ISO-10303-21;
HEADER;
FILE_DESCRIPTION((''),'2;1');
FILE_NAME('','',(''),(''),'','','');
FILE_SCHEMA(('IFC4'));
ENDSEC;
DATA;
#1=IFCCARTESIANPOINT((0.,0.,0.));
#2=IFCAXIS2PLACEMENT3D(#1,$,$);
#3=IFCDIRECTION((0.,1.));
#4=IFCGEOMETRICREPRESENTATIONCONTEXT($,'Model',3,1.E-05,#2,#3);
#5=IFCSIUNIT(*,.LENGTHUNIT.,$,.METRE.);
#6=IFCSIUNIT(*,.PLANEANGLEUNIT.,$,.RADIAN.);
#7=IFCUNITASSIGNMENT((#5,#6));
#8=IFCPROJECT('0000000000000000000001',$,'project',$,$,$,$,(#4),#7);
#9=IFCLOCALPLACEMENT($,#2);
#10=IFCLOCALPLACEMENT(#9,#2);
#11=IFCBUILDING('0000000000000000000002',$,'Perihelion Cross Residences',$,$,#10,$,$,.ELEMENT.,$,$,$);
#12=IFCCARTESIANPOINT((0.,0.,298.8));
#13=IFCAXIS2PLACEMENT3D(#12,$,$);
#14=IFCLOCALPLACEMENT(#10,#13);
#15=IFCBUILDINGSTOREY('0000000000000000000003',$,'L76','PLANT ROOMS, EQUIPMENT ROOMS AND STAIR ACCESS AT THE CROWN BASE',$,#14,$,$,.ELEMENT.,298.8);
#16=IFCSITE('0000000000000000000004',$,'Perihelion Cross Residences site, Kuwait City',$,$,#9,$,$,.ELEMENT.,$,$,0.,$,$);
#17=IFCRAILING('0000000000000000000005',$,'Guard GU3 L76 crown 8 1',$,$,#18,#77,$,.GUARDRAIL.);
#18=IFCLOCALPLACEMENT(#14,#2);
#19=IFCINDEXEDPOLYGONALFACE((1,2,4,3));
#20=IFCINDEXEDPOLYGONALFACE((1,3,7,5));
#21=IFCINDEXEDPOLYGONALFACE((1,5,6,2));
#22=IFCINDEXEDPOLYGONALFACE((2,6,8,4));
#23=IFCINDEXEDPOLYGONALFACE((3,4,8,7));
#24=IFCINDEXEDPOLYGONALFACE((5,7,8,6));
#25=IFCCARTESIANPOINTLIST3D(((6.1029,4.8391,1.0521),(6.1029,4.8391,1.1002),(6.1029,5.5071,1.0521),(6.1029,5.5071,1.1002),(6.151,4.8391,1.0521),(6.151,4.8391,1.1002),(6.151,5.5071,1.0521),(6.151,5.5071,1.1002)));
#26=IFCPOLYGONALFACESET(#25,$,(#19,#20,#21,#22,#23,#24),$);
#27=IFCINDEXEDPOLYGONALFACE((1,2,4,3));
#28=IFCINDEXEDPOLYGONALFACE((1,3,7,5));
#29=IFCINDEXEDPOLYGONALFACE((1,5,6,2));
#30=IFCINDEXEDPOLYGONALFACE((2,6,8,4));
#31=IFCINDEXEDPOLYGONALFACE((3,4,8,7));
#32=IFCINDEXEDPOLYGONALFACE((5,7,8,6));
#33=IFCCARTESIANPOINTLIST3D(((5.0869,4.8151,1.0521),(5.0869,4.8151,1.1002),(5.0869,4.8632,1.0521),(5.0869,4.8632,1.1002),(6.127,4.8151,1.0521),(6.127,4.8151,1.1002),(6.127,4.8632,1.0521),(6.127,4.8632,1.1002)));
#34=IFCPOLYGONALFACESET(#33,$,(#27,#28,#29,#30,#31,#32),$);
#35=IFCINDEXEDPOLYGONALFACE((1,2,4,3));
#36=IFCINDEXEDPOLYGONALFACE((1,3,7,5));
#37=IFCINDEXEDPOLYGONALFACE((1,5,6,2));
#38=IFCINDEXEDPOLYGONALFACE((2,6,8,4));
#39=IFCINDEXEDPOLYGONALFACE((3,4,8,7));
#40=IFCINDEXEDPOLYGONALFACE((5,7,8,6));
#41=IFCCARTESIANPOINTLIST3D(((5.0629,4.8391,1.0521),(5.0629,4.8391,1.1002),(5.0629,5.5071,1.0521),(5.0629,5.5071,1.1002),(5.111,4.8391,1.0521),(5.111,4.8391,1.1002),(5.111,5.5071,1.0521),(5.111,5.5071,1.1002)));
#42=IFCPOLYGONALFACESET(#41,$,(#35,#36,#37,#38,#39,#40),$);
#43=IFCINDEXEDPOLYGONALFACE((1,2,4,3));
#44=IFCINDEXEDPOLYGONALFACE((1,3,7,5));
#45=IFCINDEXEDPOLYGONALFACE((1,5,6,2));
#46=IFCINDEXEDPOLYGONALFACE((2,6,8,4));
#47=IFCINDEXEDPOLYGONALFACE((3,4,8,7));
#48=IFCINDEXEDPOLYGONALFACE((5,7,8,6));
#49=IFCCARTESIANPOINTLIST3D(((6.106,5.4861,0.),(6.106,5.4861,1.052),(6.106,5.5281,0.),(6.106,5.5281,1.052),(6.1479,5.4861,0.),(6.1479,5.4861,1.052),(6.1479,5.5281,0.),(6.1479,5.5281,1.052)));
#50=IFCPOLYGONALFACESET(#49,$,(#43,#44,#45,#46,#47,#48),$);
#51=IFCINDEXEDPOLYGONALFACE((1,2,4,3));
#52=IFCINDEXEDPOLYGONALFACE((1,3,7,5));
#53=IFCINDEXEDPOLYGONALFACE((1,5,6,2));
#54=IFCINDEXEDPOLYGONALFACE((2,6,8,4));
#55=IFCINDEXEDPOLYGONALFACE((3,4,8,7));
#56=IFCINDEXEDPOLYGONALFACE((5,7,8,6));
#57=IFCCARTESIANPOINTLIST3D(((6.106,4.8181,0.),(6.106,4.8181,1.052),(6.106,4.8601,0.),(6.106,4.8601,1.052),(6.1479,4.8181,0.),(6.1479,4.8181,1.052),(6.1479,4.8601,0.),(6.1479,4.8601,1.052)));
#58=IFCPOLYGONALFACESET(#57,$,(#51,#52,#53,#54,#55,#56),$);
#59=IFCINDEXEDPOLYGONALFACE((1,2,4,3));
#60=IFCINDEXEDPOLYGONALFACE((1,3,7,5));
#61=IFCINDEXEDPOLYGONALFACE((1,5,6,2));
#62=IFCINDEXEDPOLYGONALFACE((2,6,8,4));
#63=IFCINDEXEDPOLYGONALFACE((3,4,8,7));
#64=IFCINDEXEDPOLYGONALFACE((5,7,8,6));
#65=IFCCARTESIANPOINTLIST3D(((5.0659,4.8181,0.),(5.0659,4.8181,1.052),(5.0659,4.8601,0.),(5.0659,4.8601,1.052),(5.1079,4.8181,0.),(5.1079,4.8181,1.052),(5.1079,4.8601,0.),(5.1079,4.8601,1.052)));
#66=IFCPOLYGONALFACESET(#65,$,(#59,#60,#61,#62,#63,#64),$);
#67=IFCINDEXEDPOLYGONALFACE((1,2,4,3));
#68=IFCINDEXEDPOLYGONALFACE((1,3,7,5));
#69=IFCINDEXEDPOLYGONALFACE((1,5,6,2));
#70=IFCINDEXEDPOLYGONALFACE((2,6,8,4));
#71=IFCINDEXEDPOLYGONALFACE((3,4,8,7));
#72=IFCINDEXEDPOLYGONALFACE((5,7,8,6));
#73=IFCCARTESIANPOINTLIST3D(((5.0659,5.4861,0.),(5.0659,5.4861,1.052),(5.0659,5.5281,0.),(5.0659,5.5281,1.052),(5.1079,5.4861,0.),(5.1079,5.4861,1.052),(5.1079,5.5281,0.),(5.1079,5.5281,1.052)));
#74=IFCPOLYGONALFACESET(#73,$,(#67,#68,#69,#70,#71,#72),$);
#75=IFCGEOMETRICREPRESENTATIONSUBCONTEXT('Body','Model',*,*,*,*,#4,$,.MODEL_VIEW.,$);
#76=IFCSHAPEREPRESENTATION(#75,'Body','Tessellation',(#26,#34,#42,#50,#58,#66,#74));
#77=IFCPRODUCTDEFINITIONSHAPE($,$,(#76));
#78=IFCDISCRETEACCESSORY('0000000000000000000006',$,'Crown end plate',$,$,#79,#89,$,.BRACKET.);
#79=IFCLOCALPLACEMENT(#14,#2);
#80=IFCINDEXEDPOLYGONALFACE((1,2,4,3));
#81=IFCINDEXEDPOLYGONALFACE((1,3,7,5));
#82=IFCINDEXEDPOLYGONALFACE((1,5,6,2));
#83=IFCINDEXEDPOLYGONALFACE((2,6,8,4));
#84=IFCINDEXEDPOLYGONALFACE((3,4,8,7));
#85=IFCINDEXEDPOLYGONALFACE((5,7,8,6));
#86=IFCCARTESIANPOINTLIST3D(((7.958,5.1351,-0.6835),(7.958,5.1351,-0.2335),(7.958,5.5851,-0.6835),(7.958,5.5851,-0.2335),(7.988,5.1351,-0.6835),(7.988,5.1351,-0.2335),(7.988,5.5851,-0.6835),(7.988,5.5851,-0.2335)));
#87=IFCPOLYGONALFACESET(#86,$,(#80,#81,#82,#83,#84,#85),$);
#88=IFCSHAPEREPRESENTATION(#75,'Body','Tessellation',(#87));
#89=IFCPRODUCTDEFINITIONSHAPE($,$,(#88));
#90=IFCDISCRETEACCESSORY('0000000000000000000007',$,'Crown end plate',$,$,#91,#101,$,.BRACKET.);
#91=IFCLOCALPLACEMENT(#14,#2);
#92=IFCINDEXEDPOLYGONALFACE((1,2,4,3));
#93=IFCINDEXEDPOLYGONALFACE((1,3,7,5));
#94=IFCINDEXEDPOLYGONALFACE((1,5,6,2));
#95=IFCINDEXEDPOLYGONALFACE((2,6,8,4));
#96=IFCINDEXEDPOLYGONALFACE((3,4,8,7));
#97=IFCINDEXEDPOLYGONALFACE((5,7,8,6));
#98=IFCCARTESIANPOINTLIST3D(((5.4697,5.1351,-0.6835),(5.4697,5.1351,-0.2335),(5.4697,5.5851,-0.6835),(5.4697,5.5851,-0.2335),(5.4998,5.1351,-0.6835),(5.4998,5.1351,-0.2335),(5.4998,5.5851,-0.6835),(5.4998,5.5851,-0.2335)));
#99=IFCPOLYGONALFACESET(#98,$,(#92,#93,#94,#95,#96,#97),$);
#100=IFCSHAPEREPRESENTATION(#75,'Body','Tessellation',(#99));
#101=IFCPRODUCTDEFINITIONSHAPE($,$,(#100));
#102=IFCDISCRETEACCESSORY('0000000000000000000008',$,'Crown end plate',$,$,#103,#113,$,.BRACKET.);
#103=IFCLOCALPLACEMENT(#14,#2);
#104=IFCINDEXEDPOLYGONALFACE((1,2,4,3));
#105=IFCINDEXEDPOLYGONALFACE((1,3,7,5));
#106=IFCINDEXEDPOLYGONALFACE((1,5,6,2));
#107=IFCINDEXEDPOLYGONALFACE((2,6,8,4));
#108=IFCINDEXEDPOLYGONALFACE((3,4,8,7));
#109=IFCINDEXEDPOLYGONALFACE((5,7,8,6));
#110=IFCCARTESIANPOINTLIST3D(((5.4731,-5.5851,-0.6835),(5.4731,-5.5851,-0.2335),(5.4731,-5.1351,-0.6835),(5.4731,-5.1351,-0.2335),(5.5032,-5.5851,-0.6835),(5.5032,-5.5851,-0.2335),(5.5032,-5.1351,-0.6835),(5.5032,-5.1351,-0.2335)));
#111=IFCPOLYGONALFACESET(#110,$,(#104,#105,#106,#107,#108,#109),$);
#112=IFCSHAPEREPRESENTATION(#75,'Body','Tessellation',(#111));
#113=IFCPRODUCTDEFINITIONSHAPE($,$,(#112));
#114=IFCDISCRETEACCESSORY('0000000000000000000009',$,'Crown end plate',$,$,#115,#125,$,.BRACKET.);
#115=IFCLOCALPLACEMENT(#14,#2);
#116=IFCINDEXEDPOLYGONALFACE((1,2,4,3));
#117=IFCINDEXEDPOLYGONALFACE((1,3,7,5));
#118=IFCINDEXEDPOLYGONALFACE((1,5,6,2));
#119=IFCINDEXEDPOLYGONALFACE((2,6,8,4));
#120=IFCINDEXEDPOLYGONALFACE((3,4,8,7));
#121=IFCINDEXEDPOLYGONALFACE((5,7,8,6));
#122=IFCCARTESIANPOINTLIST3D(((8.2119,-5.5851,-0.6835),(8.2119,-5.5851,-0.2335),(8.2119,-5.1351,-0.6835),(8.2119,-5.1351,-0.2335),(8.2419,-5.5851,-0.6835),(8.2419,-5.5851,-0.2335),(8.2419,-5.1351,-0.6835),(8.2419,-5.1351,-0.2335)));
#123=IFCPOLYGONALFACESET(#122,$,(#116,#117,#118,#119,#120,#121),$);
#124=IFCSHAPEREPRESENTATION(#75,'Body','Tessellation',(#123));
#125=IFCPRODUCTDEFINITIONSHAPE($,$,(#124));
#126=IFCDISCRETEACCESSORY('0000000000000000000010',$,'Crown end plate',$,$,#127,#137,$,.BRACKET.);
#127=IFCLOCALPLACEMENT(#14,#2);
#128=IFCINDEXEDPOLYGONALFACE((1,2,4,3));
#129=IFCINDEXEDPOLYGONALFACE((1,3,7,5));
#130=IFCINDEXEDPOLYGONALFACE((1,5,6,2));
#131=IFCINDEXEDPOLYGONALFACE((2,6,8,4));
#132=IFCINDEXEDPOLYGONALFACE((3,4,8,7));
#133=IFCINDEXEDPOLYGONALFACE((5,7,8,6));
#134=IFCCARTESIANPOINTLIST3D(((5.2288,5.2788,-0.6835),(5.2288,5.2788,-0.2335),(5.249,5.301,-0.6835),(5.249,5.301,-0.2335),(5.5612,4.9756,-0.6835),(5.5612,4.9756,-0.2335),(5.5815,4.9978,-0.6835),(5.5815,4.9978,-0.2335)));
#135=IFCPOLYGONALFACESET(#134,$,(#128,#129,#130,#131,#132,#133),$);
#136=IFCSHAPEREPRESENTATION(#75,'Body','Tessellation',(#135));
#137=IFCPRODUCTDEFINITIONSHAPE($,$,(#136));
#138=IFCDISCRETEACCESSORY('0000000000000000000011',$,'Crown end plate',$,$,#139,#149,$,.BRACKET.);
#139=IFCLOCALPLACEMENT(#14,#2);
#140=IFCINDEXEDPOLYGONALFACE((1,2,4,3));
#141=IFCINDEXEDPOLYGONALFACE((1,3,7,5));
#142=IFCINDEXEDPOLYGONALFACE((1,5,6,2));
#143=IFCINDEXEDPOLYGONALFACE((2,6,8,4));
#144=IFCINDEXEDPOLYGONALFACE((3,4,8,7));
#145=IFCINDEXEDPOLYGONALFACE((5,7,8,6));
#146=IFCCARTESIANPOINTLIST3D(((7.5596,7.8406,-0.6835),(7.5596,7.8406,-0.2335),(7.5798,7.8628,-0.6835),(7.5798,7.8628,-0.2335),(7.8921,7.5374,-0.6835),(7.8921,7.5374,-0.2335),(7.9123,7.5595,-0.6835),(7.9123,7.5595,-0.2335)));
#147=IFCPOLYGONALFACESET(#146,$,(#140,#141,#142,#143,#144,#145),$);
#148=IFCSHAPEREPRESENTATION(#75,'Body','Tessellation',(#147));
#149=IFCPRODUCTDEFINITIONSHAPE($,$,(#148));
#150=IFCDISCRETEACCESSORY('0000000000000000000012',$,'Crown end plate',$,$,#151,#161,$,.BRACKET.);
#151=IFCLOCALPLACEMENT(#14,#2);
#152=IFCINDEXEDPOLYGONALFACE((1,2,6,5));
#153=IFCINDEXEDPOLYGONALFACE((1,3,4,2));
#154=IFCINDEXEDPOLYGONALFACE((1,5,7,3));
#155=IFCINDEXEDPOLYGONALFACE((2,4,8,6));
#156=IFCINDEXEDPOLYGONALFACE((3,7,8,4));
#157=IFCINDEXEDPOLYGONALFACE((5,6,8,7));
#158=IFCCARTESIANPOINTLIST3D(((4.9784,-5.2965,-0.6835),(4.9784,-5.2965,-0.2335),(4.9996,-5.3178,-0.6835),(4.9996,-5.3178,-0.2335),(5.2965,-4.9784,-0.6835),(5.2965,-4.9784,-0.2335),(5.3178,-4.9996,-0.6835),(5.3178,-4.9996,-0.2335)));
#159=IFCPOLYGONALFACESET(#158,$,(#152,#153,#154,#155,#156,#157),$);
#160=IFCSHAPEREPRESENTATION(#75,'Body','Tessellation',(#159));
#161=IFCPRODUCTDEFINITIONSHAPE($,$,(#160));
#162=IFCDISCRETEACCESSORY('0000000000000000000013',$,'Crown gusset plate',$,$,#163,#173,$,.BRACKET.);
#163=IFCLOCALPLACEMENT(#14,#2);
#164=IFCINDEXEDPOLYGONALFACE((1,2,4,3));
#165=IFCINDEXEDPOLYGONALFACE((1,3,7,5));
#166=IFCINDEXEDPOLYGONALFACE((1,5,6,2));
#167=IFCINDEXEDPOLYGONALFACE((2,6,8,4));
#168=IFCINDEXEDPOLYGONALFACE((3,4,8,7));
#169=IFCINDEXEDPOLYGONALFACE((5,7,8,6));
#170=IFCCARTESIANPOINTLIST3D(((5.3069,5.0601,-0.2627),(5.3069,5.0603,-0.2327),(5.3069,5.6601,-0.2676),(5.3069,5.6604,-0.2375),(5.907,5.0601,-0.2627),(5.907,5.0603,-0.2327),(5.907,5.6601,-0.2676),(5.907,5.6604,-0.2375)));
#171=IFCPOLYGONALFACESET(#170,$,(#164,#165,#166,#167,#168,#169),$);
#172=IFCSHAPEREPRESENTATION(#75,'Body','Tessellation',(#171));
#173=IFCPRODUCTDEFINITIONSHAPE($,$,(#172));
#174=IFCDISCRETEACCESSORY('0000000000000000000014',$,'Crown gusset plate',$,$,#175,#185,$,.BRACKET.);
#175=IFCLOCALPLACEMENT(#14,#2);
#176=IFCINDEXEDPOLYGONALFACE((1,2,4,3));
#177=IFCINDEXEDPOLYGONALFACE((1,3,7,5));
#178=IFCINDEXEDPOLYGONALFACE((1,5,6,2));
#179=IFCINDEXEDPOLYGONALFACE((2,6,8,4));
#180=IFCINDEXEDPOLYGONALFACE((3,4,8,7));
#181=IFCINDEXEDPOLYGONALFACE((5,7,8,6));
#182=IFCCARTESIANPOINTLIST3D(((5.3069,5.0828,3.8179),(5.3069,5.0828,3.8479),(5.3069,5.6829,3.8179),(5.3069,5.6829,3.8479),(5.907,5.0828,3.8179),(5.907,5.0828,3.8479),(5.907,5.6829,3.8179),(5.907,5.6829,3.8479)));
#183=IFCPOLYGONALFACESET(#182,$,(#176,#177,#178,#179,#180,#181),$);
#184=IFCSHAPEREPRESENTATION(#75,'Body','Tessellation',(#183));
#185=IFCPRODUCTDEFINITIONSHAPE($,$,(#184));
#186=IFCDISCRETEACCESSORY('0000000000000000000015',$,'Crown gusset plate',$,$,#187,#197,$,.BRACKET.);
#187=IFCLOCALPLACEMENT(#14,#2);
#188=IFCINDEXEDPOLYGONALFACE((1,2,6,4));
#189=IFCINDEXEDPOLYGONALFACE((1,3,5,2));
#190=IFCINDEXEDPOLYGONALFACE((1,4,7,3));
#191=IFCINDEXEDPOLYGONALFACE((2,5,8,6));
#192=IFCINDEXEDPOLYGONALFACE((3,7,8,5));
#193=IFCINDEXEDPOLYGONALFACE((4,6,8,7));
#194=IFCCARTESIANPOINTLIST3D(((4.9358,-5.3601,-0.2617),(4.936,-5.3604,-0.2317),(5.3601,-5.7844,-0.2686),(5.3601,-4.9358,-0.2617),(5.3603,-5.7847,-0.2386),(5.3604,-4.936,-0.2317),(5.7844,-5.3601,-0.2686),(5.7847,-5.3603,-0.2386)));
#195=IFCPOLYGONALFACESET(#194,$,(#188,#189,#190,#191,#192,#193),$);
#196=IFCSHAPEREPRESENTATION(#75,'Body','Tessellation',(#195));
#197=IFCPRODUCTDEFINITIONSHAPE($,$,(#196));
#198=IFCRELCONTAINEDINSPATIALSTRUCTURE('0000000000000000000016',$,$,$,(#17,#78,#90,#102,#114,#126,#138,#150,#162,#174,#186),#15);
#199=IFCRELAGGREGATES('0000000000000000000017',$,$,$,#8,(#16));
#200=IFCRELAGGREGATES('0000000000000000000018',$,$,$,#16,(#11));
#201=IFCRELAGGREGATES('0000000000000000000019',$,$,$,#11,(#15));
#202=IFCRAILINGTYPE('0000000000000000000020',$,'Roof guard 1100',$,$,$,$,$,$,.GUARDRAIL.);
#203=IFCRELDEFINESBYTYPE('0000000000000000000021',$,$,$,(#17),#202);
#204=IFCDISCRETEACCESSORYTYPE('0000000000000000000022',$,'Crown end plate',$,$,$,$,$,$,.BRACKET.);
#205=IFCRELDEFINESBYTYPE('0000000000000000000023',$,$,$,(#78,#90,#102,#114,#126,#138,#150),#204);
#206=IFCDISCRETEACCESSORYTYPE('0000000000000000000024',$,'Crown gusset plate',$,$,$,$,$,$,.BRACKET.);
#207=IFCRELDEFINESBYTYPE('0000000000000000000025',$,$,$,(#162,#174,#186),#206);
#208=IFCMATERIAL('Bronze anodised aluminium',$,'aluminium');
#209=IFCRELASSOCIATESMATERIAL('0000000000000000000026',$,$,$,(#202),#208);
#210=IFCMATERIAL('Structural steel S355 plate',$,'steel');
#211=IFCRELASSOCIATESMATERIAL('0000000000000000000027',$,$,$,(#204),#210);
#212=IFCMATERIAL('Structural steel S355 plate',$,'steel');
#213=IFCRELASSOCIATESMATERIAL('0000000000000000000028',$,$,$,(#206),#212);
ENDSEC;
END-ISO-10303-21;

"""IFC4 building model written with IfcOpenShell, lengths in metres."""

from ifc_helpers import new_model, si_unit, direction, frame, origin, origin_2d, place, context, subcontext, project, spatial, rectangle, extrude, material, material_profile, profile_set, type_object, element, save


model = new_model("IFC4")

# Units and contexts
model_context = context("Model", 3, precision=1e-05, world=origin(), true_north=direction((0.0, 1.0)))
body_context = subcontext(model_context, "Body", "Model", "MODEL_VIEW")
ifc_project = project(units=[si_unit("LENGTHUNIT", "METRE"), si_unit("PLANEANGLEUNIT", "RADIAN")], contexts=[model_context])

# Site, building, storey
site_placement = place(None, origin())
site = spatial("IfcSite", under=ifc_project, at=site_placement, Name="Perihelion Cross Residences site, Kuwait City", CompositionType="ELEMENT", RefElevation=0.0)
building_placement = place(site_placement, origin())
building = spatial("IfcBuilding", under=site, at=building_placement, Name="Perihelion Cross Residences", CompositionType="ELEMENT")
storey_placement = place(building_placement, frame((0.0, 0.0, 298.8)))
storey = spatial("IfcBuildingStorey", under=building, at=storey_placement, Name="L76", Description="PLANT ROOMS, EQUIPMENT ROOMS AND STAIR ACCESS AT THE CROWN BASE", CompositionType="ELEMENT", Elevation=298.8)

# Railing
ifc_material_1 = material(Name="Bronze anodised aluminium", Category="aluminium")
railing_type_1 = type_object("IfcRailingType", Name="Roof guard 1100", PredefinedType="GUARDRAIL", material=ifc_material_1)
railing_1_placement = place(storey_placement, frame((6.127, 5.5071, 0.0)))
element("IfcRailing", 1, at=railing_1_placement, inside=storey, type_object=railing_type_1, Name="Guard GU3 L76 crown 8 1", PredefinedType="GUARDRAIL", context=body_context, shape_type="SweptSolid", body=[
    extrude(rectangle(XDim=0.0481, YDim=0.0481, at=origin_2d()), frame((0.0, 0.0, 1.0762), z_axis=(0.0, -1.0, 0.0), x_axis=(1.0, 0.0, 0.0)), (0.0, 0.0, 1.0), 0.668),
    extrude(rectangle(XDim=0.0481, YDim=0.0481, at=origin_2d()), frame((0.0, -0.668, 1.0762), z_axis=(-1.0, 0.0, 0.0), x_axis=(0.0, -1.0, 0.0)), (0.0, 0.0, 1.0), 1.04),
    extrude(rectangle(XDim=0.0481, YDim=0.0481, at=origin_2d()), frame((-1.04, -0.668, 1.0762), z_axis=(0.0, 1.0, 0.0), x_axis=(-1.0, 0.0, 0.0)), (0.0, 0.0, 1.0), 0.668),
    extrude(rectangle(XDim=0.042, YDim=0.042, at=origin_2d()), origin(), (0.0, 0.0, 1.0), 1.052),
    extrude(rectangle(XDim=0.042, YDim=0.042, at=origin_2d()), frame((0.0, -0.668, 0.0)), (0.0, 0.0, 1.0), 1.052),
    extrude(rectangle(XDim=0.042, YDim=0.042, at=origin_2d()), frame((-1.04, -0.668, 0.0)), (0.0, 0.0, 1.0), 1.052),
    extrude(rectangle(XDim=0.042, YDim=0.042, at=origin_2d()), frame((-1.04, 0.0, 0.0)), (0.0, 0.0, 1.0), 1.052),
])

# Discrete accessories
ifc_material_2 = material(Name="Structural steel S355 plate", Category="steel")
ifc_material_profile_1 = material_profile(ifc_material_2, rectangle(XDim=0.45, YDim=0.45, at=origin_2d()), Name="Crown end plate")
ifc_profile_set_1 = profile_set([ifc_material_profile_1], Name="Structural steel S355 plate")
discrete_accessory_type_1 = type_object("IfcDiscreteAccessoryType", Name="Crown end plate", PredefinedType="BRACKET", material=ifc_profile_set_1)
for number, where, z_axis, x_axis, name in (
    (2, (7.988, 5.3601, -0.4585), (-1.0, 0.0, 0.0), (0.0, -1.0, 0.0), "Crown end plate"),
    (3, (5.4998, 5.3601, -0.4585), (-1.0, 0.0, 0.0), (0.0, -1.0, 0.0), "Crown end plate"),
    (4, (5.4731, -5.3601, -0.4585), (1.0, 0.0, 0.0), (0.0, 1.0, 0.0), "Crown end plate"),
    (5, (8.2119, -5.3601, -0.4585), (1.0, 0.0, 0.0), (0.0, 1.0, 0.0), "Crown end plate"),
    (6, (5.395, 5.1272, -0.4585), (0.673884, 0.738837, 0.0), (-0.738837, 0.673884, 0.0), "Crown end plate"),
    (7, (7.7258, 7.689, -0.4585), (0.673884, 0.738837, 0.0), (-0.738837, 0.673884, 0.0), "Crown end plate"),
    (8, (5.1375, -5.1375, -0.4585), (0.707107, -0.707107, 0.0), (0.707107, 0.707107, 0.0), "Crown end plate"),
):
    element("IfcDiscreteAccessory", number, at=place(storey_placement, frame(where, z_axis=z_axis, x_axis=x_axis)), inside=storey, type_object=discrete_accessory_type_1, Name=name, PredefinedType="BRACKET", context=body_context, shape_type="SweptSolid", body=[
        extrude(rectangle(XDim=0.45, YDim=0.45, at=origin_2d()), origin(), (0.0, 0.0, 1.0), 0.03),
    ])
ifc_material_3 = material(Name="Structural steel S355 plate", Category="steel")
ifc_material_profile_2 = material_profile(ifc_material_3, rectangle(XDim=0.6001, YDim=0.6001, at=origin_2d()), Name="Crown gusset plate")
ifc_profile_set_2 = profile_set([ifc_material_profile_2], Name="Structural steel S355 plate")
discrete_accessory_type_2 = type_object("IfcDiscreteAccessoryType", Name="Crown gusset plate", PredefinedType="BRACKET", material=ifc_profile_set_2)
for number, where, z_axis, x_axis, name in (
    (9, (5.6069, 5.3601, -0.2651), (0.0, 0.00813, 0.999967), (-1.0, 0.0, 0.0), "Crown gusset plate"),
    (10, (5.6069, 5.3828, 3.8179), (0.0, 0.0, 1.0), (1.0, 0.0, 0.0), "Crown gusset plate"),
    (11, (5.3601, -5.3601, -0.2651), (0.00813, -0.00813, 0.999934), (0.707107, 0.707107, 0.0), "Crown gusset plate"),
):
    element("IfcDiscreteAccessory", number, at=place(storey_placement, frame(where, z_axis=z_axis, x_axis=x_axis)), inside=storey, type_object=discrete_accessory_type_2, Name=name, PredefinedType="BRACKET", context=body_context, shape_type="SweptSolid", body=[
        extrude(rectangle(XDim=0.6001, YDim=0.6001, at=origin_2d()), origin(), (0.0, 0.0, 1.0), 0.03),
    ])

save(model, "model.ifc")
